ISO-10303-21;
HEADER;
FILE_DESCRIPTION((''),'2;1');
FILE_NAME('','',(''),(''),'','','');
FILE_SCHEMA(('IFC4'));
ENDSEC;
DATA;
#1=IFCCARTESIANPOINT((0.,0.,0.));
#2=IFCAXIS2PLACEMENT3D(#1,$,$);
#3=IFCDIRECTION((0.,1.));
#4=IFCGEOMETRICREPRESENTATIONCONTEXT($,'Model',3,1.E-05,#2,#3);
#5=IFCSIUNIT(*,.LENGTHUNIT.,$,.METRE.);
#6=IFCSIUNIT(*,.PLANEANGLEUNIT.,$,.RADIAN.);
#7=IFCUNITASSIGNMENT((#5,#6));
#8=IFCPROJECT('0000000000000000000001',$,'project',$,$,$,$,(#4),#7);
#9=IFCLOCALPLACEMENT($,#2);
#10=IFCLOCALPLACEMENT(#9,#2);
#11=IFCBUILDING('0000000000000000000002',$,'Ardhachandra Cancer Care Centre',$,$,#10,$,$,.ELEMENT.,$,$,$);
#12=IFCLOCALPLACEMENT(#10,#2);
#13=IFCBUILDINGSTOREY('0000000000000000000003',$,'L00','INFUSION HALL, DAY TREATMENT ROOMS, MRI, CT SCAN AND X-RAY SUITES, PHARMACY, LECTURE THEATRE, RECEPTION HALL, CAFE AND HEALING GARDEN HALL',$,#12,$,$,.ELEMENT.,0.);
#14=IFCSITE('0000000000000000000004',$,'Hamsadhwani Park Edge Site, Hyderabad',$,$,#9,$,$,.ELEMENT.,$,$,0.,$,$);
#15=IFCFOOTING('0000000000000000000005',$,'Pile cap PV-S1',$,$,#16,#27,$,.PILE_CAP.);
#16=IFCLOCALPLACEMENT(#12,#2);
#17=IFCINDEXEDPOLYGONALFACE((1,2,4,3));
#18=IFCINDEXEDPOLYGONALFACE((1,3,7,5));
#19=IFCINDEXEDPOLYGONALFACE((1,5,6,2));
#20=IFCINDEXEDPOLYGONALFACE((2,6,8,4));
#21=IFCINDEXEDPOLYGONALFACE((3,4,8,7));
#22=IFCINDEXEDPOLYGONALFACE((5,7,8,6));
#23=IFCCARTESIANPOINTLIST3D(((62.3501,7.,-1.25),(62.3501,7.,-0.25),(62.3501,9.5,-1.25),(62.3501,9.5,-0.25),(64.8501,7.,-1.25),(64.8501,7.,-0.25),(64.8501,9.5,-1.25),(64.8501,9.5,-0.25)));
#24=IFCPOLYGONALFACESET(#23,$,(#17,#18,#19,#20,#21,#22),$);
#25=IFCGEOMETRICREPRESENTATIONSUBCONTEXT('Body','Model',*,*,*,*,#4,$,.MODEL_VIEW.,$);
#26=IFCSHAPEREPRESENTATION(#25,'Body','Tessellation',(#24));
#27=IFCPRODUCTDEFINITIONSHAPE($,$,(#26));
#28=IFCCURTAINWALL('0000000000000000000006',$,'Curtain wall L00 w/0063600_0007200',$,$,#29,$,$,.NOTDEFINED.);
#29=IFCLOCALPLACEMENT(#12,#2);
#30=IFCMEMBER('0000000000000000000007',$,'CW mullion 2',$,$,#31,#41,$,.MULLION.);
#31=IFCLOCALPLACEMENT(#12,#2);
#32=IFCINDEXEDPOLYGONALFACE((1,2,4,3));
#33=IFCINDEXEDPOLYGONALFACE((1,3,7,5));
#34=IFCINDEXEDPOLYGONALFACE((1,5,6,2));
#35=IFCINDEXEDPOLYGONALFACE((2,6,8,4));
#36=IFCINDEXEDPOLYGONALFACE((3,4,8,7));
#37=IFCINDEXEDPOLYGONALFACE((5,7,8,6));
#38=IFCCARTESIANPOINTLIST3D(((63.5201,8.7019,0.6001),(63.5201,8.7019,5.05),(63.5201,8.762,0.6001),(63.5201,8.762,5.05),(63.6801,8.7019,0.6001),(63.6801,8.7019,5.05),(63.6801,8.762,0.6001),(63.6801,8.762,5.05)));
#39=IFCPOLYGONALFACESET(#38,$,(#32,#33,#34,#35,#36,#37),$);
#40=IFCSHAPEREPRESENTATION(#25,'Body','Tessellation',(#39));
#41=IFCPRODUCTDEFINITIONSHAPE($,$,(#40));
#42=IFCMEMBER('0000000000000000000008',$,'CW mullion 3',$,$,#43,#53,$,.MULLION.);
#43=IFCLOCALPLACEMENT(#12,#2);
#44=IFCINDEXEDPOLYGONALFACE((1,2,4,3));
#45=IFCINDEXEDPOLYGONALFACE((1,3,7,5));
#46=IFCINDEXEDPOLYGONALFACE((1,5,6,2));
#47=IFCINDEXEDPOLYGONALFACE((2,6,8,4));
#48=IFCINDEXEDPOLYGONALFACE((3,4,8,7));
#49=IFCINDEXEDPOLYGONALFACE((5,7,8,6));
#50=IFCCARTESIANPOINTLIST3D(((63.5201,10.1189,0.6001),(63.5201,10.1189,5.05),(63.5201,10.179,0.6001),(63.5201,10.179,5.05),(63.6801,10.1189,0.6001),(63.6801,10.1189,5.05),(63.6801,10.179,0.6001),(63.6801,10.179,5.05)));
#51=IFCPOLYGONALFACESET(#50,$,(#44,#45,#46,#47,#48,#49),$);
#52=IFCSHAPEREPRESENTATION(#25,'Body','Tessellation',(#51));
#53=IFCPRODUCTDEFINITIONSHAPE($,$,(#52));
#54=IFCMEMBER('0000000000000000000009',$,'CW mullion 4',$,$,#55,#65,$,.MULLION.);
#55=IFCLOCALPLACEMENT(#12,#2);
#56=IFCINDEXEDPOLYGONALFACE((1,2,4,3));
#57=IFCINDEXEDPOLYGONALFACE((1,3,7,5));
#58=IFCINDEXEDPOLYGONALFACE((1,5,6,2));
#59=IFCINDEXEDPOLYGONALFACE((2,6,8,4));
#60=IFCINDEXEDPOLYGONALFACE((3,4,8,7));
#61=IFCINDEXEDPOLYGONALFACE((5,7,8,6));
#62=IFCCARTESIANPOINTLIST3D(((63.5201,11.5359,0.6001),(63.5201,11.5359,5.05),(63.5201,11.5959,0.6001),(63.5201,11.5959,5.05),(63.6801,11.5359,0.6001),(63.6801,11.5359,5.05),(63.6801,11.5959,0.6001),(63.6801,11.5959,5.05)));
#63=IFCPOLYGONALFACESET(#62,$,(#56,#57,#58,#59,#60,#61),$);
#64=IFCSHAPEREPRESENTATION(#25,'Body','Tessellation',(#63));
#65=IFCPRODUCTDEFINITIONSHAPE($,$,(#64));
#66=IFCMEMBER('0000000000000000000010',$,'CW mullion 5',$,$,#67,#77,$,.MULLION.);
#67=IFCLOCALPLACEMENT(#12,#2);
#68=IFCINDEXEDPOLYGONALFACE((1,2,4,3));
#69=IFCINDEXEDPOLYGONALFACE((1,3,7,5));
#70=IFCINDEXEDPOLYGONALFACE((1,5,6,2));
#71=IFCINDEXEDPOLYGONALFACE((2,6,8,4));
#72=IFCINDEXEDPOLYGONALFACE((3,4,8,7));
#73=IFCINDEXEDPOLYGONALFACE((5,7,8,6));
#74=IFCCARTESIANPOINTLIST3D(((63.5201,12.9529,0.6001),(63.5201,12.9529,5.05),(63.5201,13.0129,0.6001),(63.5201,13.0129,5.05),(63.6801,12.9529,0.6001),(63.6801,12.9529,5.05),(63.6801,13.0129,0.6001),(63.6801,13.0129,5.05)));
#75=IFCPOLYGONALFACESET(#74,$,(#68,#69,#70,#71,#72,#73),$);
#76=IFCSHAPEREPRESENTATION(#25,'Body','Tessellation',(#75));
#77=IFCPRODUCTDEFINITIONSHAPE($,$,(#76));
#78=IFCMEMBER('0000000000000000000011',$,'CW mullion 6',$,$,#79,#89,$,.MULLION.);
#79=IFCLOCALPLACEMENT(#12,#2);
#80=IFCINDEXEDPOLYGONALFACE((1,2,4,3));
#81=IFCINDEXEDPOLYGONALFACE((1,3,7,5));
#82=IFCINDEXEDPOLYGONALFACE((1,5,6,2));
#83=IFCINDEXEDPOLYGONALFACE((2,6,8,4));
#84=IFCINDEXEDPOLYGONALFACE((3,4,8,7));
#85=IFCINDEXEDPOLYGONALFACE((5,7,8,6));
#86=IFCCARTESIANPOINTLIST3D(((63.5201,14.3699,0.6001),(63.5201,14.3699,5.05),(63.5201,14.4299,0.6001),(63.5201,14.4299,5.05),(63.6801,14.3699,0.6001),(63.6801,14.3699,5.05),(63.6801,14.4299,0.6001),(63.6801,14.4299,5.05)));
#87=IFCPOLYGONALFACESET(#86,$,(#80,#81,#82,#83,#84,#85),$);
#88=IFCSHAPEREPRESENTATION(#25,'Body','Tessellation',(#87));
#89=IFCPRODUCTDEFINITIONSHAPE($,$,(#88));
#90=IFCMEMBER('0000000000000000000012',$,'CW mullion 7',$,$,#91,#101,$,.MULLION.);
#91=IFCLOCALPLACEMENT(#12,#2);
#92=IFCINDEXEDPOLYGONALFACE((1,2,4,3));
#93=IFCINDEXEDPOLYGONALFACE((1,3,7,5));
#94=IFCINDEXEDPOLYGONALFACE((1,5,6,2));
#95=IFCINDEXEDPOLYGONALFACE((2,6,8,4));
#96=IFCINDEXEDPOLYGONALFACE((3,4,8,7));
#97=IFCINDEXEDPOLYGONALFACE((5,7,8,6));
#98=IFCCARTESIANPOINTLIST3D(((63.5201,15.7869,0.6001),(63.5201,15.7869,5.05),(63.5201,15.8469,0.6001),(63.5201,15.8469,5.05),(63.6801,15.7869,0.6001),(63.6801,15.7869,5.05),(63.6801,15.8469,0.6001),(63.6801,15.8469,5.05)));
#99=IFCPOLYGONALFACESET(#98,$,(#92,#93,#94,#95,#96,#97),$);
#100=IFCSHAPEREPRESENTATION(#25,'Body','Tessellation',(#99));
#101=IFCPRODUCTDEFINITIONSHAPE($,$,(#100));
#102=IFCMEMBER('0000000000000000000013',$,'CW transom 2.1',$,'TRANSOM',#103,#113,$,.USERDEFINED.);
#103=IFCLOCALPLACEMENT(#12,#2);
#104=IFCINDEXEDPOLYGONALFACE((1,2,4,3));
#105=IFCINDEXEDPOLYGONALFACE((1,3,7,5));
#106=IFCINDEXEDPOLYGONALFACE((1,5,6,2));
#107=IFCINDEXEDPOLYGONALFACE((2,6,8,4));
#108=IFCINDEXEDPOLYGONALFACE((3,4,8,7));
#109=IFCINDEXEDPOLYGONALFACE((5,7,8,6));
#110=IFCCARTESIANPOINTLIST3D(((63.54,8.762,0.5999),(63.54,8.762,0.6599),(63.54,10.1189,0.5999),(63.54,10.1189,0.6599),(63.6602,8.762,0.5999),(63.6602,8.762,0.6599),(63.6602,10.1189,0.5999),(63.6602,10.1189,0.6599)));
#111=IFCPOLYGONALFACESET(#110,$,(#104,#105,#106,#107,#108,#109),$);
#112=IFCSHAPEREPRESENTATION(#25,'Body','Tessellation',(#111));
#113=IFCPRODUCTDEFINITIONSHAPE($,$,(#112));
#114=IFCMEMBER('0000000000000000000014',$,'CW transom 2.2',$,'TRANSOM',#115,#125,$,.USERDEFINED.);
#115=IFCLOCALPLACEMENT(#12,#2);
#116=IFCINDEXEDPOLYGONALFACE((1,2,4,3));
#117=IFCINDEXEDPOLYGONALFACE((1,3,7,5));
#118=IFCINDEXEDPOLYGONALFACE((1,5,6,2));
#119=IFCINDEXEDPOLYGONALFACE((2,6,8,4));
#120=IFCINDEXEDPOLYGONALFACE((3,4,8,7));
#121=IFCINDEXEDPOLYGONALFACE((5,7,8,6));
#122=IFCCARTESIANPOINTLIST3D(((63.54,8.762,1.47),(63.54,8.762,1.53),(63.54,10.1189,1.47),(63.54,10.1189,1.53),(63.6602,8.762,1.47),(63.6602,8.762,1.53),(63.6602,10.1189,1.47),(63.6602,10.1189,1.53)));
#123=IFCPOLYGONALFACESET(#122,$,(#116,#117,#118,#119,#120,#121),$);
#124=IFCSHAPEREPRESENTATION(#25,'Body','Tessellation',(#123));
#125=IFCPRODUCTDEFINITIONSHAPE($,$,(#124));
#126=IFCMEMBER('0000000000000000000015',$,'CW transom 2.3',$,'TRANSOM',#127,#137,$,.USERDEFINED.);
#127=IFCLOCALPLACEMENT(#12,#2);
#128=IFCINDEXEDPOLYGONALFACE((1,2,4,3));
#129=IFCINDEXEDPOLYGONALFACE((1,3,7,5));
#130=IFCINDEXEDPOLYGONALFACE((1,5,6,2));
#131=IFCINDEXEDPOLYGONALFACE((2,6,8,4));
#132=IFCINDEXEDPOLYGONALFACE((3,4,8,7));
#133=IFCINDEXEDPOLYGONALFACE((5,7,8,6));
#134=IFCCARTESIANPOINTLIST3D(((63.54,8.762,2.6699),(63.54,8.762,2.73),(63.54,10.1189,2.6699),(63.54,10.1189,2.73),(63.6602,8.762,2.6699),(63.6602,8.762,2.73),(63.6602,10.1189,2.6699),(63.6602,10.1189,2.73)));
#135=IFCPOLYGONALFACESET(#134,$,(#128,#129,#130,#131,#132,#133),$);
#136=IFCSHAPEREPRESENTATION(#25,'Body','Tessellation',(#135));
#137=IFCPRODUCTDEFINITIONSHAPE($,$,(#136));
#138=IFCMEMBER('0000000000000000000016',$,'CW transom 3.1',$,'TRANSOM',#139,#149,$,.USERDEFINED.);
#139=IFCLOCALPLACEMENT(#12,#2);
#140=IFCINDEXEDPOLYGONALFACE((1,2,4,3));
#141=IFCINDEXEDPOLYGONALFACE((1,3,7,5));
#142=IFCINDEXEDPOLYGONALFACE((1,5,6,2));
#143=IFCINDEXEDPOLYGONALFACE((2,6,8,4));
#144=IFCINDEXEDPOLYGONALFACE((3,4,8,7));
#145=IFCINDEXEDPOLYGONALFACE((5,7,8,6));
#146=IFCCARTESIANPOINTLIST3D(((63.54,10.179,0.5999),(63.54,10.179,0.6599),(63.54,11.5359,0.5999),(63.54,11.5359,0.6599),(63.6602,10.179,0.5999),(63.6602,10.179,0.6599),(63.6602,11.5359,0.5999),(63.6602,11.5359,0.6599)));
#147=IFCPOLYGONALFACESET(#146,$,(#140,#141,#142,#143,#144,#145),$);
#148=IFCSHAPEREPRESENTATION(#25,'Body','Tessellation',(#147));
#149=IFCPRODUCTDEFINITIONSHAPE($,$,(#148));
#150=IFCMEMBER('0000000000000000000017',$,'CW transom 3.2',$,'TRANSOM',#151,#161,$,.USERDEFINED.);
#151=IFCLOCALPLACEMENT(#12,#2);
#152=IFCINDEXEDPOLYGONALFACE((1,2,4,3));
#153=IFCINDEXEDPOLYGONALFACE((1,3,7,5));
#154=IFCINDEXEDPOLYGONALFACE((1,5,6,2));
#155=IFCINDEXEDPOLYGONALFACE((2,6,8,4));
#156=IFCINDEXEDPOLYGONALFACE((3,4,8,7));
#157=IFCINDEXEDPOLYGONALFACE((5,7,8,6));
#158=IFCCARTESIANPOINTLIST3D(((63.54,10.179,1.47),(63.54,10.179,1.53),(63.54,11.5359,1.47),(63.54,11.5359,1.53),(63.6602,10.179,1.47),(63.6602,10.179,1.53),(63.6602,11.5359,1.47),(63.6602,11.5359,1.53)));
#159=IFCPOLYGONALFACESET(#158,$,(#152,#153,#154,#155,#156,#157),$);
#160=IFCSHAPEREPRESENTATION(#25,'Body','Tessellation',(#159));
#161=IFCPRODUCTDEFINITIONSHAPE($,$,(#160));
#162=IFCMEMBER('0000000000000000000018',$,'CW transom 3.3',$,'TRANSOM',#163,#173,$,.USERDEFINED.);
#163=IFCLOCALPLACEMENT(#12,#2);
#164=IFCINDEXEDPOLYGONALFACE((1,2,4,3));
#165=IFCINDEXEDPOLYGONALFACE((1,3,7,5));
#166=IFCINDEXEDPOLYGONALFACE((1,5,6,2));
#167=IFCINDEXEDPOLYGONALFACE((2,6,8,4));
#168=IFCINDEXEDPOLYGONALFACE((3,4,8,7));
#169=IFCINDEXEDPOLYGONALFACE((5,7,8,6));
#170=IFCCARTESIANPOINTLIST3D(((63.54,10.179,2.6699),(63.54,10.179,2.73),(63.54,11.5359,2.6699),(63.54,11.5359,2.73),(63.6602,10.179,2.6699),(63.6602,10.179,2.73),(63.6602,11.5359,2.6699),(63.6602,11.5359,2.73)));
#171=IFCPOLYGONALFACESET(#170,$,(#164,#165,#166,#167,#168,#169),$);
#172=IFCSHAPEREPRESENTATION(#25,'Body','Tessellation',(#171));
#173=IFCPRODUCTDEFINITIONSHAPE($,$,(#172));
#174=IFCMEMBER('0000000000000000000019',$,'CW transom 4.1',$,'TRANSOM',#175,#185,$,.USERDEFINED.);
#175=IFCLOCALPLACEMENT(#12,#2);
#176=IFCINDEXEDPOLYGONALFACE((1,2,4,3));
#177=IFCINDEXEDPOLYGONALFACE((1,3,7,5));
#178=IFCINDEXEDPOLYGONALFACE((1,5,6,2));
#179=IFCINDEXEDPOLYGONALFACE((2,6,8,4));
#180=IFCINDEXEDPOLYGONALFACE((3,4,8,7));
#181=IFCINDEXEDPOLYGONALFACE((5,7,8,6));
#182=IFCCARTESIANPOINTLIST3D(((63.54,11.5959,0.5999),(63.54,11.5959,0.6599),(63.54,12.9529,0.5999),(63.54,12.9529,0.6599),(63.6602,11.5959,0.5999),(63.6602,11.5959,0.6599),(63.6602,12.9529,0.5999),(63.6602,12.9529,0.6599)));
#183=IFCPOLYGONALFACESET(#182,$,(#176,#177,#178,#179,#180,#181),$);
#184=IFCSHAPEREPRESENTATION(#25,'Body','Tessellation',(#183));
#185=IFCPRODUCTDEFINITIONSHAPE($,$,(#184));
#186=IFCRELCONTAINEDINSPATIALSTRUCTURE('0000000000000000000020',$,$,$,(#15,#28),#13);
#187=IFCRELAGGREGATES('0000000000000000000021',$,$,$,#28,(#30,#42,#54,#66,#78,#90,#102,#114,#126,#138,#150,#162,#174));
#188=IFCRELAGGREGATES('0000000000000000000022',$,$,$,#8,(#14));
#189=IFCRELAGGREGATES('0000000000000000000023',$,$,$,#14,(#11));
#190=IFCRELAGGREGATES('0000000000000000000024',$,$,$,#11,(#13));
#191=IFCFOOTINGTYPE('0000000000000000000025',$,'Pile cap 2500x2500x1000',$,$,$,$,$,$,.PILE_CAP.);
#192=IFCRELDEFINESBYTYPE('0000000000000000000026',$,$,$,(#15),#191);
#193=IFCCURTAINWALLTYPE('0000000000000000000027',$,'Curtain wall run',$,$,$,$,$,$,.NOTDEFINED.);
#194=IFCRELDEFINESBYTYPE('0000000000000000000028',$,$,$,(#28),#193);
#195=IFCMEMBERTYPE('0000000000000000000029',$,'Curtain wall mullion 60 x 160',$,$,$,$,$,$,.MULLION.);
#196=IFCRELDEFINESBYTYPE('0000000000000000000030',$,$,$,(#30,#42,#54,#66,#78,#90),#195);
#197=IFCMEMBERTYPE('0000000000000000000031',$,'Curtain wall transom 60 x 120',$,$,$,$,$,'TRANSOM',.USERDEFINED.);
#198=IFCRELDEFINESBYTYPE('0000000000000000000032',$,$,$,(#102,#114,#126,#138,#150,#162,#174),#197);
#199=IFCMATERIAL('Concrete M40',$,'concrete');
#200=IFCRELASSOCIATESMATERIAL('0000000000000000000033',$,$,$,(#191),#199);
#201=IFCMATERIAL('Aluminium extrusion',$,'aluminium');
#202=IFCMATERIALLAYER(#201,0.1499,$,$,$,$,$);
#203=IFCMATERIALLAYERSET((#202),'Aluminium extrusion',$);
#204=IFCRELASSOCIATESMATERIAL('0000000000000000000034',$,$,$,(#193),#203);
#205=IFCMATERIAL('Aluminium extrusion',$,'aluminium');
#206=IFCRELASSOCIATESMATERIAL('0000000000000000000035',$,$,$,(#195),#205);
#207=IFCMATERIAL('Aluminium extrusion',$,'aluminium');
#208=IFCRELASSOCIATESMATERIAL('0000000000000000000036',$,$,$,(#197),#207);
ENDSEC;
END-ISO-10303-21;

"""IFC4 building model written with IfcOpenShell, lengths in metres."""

from ifc_helpers import new_model, si_unit, direction, frame, origin, origin_2d, place, context, subcontext, project, spatial, rectangle, extrude, material, layer, layer_set, material_profile, profile_set, type_object, element, aggregate, save


model = new_model("IFC4")

# Units and contexts
model_context = context("Model", 3, precision=1e-05, world=origin(), true_north=direction((0.0, 1.0)))
body_context = subcontext(model_context, "Body", "Model", "MODEL_VIEW")
ifc_project = project(units=[si_unit("LENGTHUNIT", "METRE"), si_unit("PLANEANGLEUNIT", "RADIAN")], contexts=[model_context])

# Site, building, storey
site_placement = place(None, origin())
site = spatial("IfcSite", under=ifc_project, at=site_placement, Name="Hamsadhwani Park Edge Site, Hyderabad", CompositionType="ELEMENT", RefElevation=0.0)
building_placement = place(site_placement, origin())
building = spatial("IfcBuilding", under=site, at=building_placement, Name="Ardhachandra Cancer Care Centre", CompositionType="ELEMENT")
storey_placement = place(building_placement, origin())
storey = spatial("IfcBuildingStorey", under=building, at=storey_placement, Name="L00", Description="INFUSION HALL, DAY TREATMENT ROOMS, MRI, CT SCAN AND X-RAY SUITES, PHARMACY, LECTURE THEATRE, RECEPTION HALL, CAFE AND HEALING GARDEN HALL", CompositionType="ELEMENT", Elevation=0.0)

# Footing
ifc_material_1 = material(Name="Concrete M40", Category="concrete")
footing_type = type_object("IfcFootingType", Name="Pile cap 2500x2500x1000", PredefinedType="PILE_CAP", material=ifc_material_1)
footing_placement = place(storey_placement, frame((63.6001, 8.25, -1.25), z_axis=(0.0, 0.0, 1.0), x_axis=(1.0, 0.0, 0.0)))
element("IfcFooting", 1, at=footing_placement, inside=storey, type_object=footing_type, Name="Pile cap PV-S1", PredefinedType="PILE_CAP", context=body_context, shape_type="SweptSolid", body=[
    extrude(rectangle(XDim=2.5, YDim=2.5, at=origin_2d()), origin(), (0.0, 0.0, 1.0), 1.0),
])

# Curtain wall, members
ifc_material_2 = material(Name="Aluminium extrusion", Category="aluminium")
ifc_layer_1 = layer(ifc_material_2, 0.1499)
ifc_layer_set_1 = layer_set([ifc_layer_1], Name="Aluminium extrusion")
curtain_wall_type = type_object("IfcCurtainWallType", Name="Curtain wall run", PredefinedType="NOTDEFINED", material=ifc_layer_set_1)
curtain_wall_placement = place(storey_placement, origin())
curtain_wall = element("IfcCurtainWall", 2, at=curtain_wall_placement, inside=storey, type_object=curtain_wall_type, Name="Curtain wall L00 w/0063600_0007200", PredefinedType="NOTDEFINED")
ifc_material_3 = material(Name="Aluminium extrusion", Category="aluminium")
ifc_material_profile_1 = material_profile(ifc_material_3, rectangle(XDim=0.1599, YDim=0.0601, at=origin_2d()), Name="Curtain wall mullion 60 x 160")
ifc_profile_set_1 = profile_set([ifc_material_profile_1], Name="Aluminium extrusion")
member_type_1 = type_object("IfcMemberType", Name="Curtain wall mullion 60 x 160", PredefinedType="MULLION", material=ifc_profile_set_1)
member_1_placement = place(storey_placement, frame((63.6001, 8.7319, 0.6001), z_axis=(0.0, 0.0, 1.0), x_axis=(-1.0, 0.0, 0.0)))
member_1 = element("IfcMember", 3, at=member_1_placement, type_object=member_type_1, Name="CW mullion 2", PredefinedType="MULLION", context=body_context, shape_type="SweptSolid", body=[
    extrude(rectangle(XDim=0.1599, YDim=0.0601, at=origin_2d()), origin(), (0.0, 0.0, 1.0), 4.45),
])
member_2_placement = place(storey_placement, frame((63.6001, 10.1489, 0.6001), z_axis=(0.0, 0.0, 1.0), x_axis=(-1.0, 0.0, 0.0)))
member_2 = element("IfcMember", 4, at=member_2_placement, type_object=member_type_1, Name="CW mullion 3", PredefinedType="MULLION", context=body_context, shape_type="SweptSolid", body=[
    extrude(rectangle(XDim=0.1599, YDim=0.0601, at=origin_2d()), origin(), (0.0, 0.0, 1.0), 4.45),
])
member_3_placement = place(storey_placement, frame((63.6001, 11.5659, 0.6001), z_axis=(0.0, 0.0, 1.0), x_axis=(-1.0, 0.0, 0.0)))
member_3 = element("IfcMember", 5, at=member_3_placement, type_object=member_type_1, Name="CW mullion 4", PredefinedType="MULLION", context=body_context, shape_type="SweptSolid", body=[
    extrude(rectangle(XDim=0.1599, YDim=0.0601, at=origin_2d()), origin(), (0.0, 0.0, 1.0), 4.45),
])
member_4_placement = place(storey_placement, frame((63.6001, 12.9829, 0.6001), z_axis=(0.0, 0.0, 1.0), x_axis=(-1.0, 0.0, 0.0)))
member_4 = element("IfcMember", 6, at=member_4_placement, type_object=member_type_1, Name="CW mullion 5", PredefinedType="MULLION", context=body_context, shape_type="SweptSolid", body=[
    extrude(rectangle(XDim=0.1599, YDim=0.0601, at=origin_2d()), origin(), (0.0, 0.0, 1.0), 4.45),
])
member_5_placement = place(storey_placement, frame((63.6001, 14.3999, 0.6001), z_axis=(0.0, 0.0, 1.0), x_axis=(-1.0, 0.0, 0.0)))
member_5 = element("IfcMember", 7, at=member_5_placement, type_object=member_type_1, Name="CW mullion 6", PredefinedType="MULLION", context=body_context, shape_type="SweptSolid", body=[
    extrude(rectangle(XDim=0.1599, YDim=0.0601, at=origin_2d()), origin(), (0.0, 0.0, 1.0), 4.45),
])
member_6_placement = place(storey_placement, frame((63.6001, 15.8169, 0.6001), z_axis=(0.0, 0.0, 1.0), x_axis=(-1.0, 0.0, 0.0)))
member_6 = element("IfcMember", 8, at=member_6_placement, type_object=member_type_1, Name="CW mullion 7", PredefinedType="MULLION", context=body_context, shape_type="SweptSolid", body=[
    extrude(rectangle(XDim=0.1599, YDim=0.0601, at=origin_2d()), origin(), (0.0, 0.0, 1.0), 4.45),
])
ifc_material_4 = material(Name="Aluminium extrusion", Category="aluminium")
ifc_material_profile_2 = material_profile(ifc_material_4, rectangle(XDim=0.1201, YDim=0.0601, at=origin_2d()), Name="Curtain wall transom 60 x 120")
ifc_profile_set_2 = profile_set([ifc_material_profile_2], Name="Aluminium extrusion")
member_type_2 = type_object("IfcMemberType", Name="Curtain wall transom 60 x 120", ElementType="TRANSOM", PredefinedType="USERDEFINED", material=ifc_profile_set_2)
member_7_placement = place(storey_placement, frame((63.6001, 8.762, 0.6299), z_axis=(0.0, 1.0, 0.0), x_axis=(-1.0, 0.0, 0.0)))
member_7 = element("IfcMember", 9, at=member_7_placement, type_object=member_type_2, Name="CW transom 2.1", ObjectType="TRANSOM", PredefinedType="USERDEFINED", context=body_context, shape_type="SweptSolid", body=[
    extrude(rectangle(XDim=0.1201, YDim=0.0601, at=origin_2d()), origin(), (0.0, 0.0, 1.0), 1.3569),
])
member_8_placement = place(storey_placement, frame((63.6001, 8.762, 1.5), z_axis=(0.0, 1.0, 0.0), x_axis=(-1.0, 0.0, 0.0)))
member_8 = element("IfcMember", 10, at=member_8_placement, type_object=member_type_2, Name="CW transom 2.2", ObjectType="TRANSOM", PredefinedType="USERDEFINED", context=body_context, shape_type="SweptSolid", body=[
    extrude(rectangle(XDim=0.1201, YDim=0.0601, at=origin_2d()), origin(), (0.0, 0.0, 1.0), 1.3569),
])
member_9_placement = place(storey_placement, frame((63.6001, 8.762, 2.7), z_axis=(0.0, 1.0, 0.0), x_axis=(-1.0, 0.0, 0.0)))
member_9 = element("IfcMember", 11, at=member_9_placement, type_object=member_type_2, Name="CW transom 2.3", ObjectType="TRANSOM", PredefinedType="USERDEFINED", context=body_context, shape_type="SweptSolid", body=[
    extrude(rectangle(XDim=0.1201, YDim=0.0601, at=origin_2d()), origin(), (0.0, 0.0, 1.0), 1.3569),
])
member_10_placement = place(storey_placement, frame((63.6001, 10.179, 0.6299), z_axis=(0.0, 1.0, 0.0), x_axis=(-1.0, 0.0, 0.0)))
member_10 = element("IfcMember", 12, at=member_10_placement, type_object=member_type_2, Name="CW transom 3.1", ObjectType="TRANSOM", PredefinedType="USERDEFINED", context=body_context, shape_type="SweptSolid", body=[
    extrude(rectangle(XDim=0.1201, YDim=0.0601, at=origin_2d()), origin(), (0.0, 0.0, 1.0), 1.3569),
])
member_11_placement = place(storey_placement, frame((63.6001, 10.179, 1.5), z_axis=(0.0, 1.0, 0.0), x_axis=(-1.0, 0.0, 0.0)))
member_11 = element("IfcMember", 13, at=member_11_placement, type_object=member_type_2, Name="CW transom 3.2", ObjectType="TRANSOM", PredefinedType="USERDEFINED", context=body_context, shape_type="SweptSolid", body=[
    extrude(rectangle(XDim=0.1201, YDim=0.0601, at=origin_2d()), origin(), (0.0, 0.0, 1.0), 1.3569),
])
member_12_placement = place(storey_placement, frame((63.6001, 10.179, 2.7), z_axis=(0.0, 1.0, 0.0), x_axis=(-1.0, 0.0, 0.0)))
member_12 = element("IfcMember", 14, at=member_12_placement, type_object=member_type_2, Name="CW transom 3.3", ObjectType="TRANSOM", PredefinedType="USERDEFINED", context=body_context, shape_type="SweptSolid", body=[
    extrude(rectangle(XDim=0.1201, YDim=0.0601, at=origin_2d()), origin(), (0.0, 0.0, 1.0), 1.3569),
])
member_13_placement = place(storey_placement, frame((63.6001, 11.5959, 0.6299), z_axis=(0.0, 1.0, 0.0), x_axis=(-1.0, 0.0, 0.0)))
member_13 = element("IfcMember", 15, at=member_13_placement, type_object=member_type_2, Name="CW transom 4.1", ObjectType="TRANSOM", PredefinedType="USERDEFINED", context=body_context, shape_type="SweptSolid", body=[
    extrude(rectangle(XDim=0.1201, YDim=0.0601, at=origin_2d()), origin(), (0.0, 0.0, 1.0), 1.3569),
])
aggregate(curtain_wall, [member_1, member_2, member_3, member_4, member_5, member_6, member_7, member_8, member_9, member_10, member_11, member_12, member_13])

save(model, "model.ifc")
